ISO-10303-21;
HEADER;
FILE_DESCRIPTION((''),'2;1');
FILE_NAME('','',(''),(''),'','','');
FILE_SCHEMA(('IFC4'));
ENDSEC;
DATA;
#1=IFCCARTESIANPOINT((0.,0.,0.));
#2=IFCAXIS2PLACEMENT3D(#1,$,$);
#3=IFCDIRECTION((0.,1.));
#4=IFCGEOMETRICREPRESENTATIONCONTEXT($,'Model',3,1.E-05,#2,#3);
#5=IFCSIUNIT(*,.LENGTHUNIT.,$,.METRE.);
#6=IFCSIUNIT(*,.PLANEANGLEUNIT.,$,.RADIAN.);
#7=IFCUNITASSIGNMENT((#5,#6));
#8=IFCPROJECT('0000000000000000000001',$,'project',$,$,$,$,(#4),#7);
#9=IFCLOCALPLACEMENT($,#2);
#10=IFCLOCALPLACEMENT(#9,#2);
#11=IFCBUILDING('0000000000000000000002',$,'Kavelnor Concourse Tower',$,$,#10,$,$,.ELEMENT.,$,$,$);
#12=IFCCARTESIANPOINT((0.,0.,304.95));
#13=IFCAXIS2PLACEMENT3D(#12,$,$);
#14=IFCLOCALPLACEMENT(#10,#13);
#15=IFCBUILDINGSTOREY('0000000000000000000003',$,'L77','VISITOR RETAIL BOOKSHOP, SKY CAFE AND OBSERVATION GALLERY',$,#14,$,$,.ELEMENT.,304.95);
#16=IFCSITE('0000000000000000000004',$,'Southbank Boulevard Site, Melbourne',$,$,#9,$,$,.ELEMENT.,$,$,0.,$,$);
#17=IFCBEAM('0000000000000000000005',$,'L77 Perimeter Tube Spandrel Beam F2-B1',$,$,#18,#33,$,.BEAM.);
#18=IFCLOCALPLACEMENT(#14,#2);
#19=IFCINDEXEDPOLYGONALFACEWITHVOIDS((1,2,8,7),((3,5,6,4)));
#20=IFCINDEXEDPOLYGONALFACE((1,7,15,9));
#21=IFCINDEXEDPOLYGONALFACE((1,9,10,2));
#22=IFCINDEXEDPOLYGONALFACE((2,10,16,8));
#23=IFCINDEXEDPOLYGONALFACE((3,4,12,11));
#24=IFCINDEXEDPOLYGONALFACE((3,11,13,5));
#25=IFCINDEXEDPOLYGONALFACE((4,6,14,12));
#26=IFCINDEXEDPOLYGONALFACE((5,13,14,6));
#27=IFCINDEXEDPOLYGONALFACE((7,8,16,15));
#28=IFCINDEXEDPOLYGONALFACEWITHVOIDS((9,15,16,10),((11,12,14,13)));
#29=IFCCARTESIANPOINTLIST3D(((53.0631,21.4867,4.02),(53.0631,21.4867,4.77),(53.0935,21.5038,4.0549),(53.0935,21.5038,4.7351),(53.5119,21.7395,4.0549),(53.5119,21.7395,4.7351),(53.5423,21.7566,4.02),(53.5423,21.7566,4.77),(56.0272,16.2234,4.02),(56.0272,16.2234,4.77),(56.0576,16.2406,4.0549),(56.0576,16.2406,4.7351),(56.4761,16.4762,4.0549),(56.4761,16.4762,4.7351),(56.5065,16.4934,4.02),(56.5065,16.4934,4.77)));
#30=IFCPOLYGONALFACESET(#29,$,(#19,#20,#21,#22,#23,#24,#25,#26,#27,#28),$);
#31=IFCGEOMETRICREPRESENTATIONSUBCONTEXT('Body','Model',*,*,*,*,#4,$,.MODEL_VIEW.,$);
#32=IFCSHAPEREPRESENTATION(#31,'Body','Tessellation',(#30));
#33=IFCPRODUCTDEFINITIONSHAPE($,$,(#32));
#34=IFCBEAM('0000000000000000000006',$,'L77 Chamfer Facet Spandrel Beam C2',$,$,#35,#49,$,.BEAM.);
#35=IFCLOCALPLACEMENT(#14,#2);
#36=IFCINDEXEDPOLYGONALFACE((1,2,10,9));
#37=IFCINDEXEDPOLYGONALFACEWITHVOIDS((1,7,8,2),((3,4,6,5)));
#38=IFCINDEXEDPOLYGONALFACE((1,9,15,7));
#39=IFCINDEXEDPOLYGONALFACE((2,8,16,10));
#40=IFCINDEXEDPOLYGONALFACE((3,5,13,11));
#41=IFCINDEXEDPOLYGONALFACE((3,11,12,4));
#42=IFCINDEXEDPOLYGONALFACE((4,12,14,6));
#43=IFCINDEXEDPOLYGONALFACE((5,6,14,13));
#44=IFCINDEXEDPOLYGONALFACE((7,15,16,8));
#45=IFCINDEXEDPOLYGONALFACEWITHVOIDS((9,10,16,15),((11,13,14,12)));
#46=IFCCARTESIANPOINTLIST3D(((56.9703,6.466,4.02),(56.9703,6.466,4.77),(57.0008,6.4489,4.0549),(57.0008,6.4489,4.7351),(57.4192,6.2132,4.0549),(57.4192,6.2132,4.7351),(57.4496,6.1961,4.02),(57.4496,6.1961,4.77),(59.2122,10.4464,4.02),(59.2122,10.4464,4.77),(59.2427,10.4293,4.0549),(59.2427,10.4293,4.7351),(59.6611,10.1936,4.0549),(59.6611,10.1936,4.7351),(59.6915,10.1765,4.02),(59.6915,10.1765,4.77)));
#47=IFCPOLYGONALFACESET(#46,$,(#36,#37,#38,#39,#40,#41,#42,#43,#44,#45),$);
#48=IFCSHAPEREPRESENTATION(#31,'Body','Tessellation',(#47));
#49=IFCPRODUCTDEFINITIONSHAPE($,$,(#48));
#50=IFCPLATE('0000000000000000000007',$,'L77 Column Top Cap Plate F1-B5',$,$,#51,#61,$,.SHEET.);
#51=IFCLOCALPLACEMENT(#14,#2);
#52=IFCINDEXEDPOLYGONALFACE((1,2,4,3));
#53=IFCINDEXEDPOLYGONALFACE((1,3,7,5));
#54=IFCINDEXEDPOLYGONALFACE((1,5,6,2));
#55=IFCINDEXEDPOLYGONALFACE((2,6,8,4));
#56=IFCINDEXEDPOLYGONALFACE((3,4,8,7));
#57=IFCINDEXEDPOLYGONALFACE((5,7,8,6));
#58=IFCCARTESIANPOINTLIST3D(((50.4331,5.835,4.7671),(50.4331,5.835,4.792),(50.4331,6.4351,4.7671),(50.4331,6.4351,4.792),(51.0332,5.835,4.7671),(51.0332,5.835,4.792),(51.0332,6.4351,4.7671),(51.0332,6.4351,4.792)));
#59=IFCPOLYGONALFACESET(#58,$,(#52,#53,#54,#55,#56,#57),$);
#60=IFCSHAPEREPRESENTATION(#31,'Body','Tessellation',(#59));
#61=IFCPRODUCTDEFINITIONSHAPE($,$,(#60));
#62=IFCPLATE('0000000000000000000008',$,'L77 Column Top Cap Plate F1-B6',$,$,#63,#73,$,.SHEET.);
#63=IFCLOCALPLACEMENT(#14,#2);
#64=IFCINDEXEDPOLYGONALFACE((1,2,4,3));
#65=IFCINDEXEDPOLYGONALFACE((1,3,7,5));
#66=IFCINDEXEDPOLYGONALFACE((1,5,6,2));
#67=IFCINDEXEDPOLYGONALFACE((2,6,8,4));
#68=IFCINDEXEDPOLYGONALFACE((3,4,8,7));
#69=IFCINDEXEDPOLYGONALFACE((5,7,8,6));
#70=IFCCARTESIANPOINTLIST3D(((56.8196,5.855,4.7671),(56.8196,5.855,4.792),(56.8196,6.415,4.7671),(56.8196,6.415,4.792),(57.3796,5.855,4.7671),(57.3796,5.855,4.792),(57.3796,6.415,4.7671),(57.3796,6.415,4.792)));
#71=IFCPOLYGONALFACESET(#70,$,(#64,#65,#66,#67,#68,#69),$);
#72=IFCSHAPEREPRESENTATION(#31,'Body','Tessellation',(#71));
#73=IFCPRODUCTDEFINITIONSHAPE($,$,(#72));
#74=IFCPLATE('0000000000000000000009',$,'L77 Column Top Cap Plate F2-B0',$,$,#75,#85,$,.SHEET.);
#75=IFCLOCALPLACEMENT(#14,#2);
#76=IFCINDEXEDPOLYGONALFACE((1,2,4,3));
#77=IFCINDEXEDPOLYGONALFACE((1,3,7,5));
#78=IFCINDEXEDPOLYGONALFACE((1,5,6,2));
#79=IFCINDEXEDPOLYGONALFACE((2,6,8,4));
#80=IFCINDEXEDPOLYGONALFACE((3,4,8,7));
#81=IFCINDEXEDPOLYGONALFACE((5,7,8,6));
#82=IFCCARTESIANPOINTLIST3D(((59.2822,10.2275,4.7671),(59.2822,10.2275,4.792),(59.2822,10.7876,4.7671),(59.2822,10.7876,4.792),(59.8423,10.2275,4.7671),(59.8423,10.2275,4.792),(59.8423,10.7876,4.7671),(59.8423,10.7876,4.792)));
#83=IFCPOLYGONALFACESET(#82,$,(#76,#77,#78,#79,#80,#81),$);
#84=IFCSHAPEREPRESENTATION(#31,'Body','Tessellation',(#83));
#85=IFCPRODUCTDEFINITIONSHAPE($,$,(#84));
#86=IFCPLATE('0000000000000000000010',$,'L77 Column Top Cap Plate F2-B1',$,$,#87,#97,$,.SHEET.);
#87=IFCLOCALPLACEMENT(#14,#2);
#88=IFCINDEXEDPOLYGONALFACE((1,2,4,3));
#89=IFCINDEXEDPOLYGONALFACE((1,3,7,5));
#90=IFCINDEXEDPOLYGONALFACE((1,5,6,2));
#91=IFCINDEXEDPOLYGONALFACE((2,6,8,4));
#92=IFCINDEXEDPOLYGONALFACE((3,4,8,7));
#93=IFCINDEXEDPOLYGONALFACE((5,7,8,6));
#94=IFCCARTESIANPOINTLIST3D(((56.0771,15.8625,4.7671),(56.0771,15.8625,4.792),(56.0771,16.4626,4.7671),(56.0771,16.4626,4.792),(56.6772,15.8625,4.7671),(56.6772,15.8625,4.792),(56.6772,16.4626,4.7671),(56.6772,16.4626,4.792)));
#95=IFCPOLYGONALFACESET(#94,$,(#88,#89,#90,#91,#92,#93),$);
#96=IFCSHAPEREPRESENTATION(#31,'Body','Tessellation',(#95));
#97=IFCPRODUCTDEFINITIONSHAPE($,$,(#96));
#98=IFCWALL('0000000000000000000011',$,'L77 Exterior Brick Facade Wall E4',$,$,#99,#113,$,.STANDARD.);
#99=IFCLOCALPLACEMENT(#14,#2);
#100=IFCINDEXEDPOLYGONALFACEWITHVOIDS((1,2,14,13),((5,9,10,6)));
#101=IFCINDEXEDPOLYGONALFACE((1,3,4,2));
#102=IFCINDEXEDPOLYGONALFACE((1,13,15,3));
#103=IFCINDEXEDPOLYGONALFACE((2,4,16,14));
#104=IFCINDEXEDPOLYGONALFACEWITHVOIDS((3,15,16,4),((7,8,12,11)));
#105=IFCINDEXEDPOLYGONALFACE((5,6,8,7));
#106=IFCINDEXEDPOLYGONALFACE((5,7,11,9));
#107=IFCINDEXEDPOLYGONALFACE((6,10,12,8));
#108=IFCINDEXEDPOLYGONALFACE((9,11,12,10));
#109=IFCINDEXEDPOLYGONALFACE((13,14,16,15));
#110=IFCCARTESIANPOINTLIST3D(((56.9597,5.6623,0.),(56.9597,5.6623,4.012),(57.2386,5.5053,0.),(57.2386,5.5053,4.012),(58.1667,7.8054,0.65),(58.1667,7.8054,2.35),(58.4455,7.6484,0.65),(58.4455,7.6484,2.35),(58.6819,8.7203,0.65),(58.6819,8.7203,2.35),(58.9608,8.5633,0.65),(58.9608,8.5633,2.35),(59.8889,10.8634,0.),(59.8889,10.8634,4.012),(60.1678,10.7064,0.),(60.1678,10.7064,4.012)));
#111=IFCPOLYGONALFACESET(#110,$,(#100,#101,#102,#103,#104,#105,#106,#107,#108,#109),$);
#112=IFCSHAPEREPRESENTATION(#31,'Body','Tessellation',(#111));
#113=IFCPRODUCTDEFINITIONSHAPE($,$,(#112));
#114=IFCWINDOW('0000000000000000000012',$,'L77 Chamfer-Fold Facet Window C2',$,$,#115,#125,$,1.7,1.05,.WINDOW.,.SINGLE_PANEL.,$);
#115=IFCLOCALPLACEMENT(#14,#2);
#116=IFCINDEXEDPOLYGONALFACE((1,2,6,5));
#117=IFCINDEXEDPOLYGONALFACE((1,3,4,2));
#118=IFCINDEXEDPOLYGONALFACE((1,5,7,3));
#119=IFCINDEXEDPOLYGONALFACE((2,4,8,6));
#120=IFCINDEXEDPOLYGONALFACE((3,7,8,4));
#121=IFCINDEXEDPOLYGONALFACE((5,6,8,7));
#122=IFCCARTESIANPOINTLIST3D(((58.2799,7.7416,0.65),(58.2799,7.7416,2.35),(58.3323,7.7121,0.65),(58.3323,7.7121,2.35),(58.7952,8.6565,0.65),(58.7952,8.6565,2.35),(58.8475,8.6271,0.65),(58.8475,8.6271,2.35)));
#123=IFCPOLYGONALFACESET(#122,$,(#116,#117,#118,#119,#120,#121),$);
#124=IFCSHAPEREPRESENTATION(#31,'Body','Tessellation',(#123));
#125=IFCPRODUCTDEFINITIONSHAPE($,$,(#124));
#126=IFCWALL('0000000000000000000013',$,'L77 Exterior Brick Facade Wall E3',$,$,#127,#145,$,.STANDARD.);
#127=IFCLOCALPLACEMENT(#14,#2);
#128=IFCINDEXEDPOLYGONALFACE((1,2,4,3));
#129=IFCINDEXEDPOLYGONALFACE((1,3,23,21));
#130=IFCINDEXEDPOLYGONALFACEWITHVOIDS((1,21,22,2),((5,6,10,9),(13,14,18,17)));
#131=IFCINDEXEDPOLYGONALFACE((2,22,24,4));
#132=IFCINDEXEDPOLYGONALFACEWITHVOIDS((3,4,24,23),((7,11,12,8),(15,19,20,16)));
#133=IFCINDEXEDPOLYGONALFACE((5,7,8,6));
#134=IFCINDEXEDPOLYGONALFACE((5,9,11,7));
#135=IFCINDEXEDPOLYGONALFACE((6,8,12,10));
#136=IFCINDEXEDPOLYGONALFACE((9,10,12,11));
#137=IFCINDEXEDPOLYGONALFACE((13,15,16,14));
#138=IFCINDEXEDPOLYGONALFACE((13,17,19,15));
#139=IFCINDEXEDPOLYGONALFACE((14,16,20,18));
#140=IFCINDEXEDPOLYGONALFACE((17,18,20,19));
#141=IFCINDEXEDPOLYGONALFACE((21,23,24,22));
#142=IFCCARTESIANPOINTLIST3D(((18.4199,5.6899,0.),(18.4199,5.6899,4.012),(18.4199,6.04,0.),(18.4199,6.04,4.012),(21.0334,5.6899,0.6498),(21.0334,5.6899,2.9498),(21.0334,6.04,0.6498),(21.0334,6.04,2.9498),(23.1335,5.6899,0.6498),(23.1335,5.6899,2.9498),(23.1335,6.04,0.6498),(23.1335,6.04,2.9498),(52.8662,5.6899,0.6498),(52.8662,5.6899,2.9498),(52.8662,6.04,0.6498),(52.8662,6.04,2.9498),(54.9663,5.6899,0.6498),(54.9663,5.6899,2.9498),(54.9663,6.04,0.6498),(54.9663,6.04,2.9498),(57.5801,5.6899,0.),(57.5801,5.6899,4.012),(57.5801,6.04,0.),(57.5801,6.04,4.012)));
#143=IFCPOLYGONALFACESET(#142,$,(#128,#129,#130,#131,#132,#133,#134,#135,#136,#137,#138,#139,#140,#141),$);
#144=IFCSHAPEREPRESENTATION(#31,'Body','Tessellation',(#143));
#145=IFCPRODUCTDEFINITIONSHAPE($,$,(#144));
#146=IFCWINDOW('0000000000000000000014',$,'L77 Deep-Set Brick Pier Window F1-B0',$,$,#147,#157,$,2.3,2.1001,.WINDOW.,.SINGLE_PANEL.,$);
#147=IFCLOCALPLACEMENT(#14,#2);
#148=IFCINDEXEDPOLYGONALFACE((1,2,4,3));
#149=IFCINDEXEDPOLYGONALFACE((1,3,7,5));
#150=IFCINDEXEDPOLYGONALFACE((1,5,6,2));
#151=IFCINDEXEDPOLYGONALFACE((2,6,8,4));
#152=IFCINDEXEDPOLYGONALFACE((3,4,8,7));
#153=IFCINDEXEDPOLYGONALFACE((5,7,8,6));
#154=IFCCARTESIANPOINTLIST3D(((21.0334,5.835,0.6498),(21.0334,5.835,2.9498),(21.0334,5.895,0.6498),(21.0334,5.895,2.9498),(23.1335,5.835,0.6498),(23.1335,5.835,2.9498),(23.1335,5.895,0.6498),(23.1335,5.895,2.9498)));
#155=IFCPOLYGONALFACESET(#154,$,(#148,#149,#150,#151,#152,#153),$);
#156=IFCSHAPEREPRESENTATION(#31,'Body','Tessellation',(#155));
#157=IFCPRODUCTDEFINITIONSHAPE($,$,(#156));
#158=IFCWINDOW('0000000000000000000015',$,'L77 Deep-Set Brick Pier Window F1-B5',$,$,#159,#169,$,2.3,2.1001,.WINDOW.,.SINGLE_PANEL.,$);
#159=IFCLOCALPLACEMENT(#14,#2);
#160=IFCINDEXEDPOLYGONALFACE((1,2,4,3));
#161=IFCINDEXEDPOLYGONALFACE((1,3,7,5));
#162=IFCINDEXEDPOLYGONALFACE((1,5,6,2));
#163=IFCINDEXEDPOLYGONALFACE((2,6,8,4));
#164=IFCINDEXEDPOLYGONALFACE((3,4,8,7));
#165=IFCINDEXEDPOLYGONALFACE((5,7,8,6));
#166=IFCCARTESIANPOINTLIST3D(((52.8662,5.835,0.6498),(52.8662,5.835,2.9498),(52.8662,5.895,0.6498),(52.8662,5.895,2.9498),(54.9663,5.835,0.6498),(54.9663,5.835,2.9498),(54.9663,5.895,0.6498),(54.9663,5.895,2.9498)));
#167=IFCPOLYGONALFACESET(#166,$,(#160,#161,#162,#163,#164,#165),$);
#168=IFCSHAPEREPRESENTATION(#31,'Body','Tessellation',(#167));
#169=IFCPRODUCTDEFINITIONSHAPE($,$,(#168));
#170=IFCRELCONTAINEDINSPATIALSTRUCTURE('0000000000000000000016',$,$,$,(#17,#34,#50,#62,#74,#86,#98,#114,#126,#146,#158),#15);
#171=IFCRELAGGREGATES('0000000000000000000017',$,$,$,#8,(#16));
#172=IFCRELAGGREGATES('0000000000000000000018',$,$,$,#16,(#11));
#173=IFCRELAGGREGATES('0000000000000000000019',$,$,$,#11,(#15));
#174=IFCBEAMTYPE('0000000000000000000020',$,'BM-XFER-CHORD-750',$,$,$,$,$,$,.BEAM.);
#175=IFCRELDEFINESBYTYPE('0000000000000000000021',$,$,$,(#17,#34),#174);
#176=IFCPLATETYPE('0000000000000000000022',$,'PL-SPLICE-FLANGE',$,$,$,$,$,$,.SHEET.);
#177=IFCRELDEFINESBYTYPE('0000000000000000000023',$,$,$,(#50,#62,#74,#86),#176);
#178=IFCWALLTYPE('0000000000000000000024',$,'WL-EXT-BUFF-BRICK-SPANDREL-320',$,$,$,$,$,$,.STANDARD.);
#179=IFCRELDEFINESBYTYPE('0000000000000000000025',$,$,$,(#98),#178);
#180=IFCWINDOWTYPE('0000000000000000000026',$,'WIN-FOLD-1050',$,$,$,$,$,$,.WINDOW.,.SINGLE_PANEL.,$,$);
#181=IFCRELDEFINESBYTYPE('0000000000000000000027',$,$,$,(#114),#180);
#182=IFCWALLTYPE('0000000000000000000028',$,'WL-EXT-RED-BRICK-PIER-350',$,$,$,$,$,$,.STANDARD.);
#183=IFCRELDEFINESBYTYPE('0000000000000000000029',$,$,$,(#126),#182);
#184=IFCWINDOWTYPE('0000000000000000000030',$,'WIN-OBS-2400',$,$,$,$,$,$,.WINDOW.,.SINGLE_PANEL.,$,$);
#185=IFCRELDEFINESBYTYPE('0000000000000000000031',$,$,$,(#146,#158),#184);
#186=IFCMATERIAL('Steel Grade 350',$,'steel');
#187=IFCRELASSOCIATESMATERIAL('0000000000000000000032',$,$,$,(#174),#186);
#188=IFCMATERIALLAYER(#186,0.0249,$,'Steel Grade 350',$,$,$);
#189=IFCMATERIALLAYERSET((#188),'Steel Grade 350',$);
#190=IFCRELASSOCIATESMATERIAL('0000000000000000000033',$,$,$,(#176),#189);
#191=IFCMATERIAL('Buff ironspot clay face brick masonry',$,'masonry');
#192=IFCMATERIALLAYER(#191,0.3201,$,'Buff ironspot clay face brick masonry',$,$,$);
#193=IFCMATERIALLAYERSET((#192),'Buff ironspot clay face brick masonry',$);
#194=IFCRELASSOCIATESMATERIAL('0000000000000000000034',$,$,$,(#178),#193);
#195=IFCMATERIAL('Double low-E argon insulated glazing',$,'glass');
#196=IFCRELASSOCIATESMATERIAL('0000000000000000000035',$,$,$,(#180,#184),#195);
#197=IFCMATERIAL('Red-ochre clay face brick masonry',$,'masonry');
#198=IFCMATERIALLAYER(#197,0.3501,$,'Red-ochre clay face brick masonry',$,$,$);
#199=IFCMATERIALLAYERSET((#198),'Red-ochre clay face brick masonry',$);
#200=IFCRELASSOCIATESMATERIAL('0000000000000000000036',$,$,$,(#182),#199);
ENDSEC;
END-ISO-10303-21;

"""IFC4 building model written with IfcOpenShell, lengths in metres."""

from ifc_helpers import new_model, si_unit, direction, frame, frame_2d, origin, origin_2d, place, context, subcontext, project, spatial, rectangle, hollow_rectangle, extrude, material, layer, layer_set, material_profile, profile_set, type_object, element, fill, save


model = new_model("IFC4")

# Units and contexts
model_context = context("Model", 3, precision=1e-05, world=origin(), true_north=direction((0.0, 1.0)))
body_context = subcontext(model_context, "Body", "Model", "MODEL_VIEW")
ifc_project = project(units=[si_unit("LENGTHUNIT", "METRE"), si_unit("PLANEANGLEUNIT", "RADIAN")], contexts=[model_context])

# Site, building, storey
site_placement = place(None, origin())
site = spatial("IfcSite", under=ifc_project, at=site_placement, Name="Southbank Boulevard Site, Melbourne", CompositionType="ELEMENT", RefElevation=0.0)
building_placement = place(site_placement, origin())
building = spatial("IfcBuilding", under=site, at=building_placement, Name="Kavelnor Concourse Tower", CompositionType="ELEMENT")
storey_placement = place(building_placement, frame((0.0, 0.0, 304.95)))
storey = spatial("IfcBuildingStorey", under=building, at=storey_placement, Name="L77", Description="VISITOR RETAIL BOOKSHOP, SKY CAFE AND OBSERVATION GALLERY", CompositionType="ELEMENT", Elevation=304.95)

# Shared definitions
ifc_material_1 = material(Name="Steel Grade 350", Category="steel")

# Beams
ifc_material_profile_1 = material_profile(ifc_material_1, hollow_rectangle(XDim=0.55, YDim=0.75, WallThickness=0.0349, at=origin_2d()), Name="RHS 750x550x35")
ifc_profile_set_1 = profile_set([ifc_material_profile_1], Name="Steel Grade 350")
beam_type_1 = type_object("IfcBeamType", Name="BM-XFER-CHORD-750", PredefinedType="BEAM", material=ifc_profile_set_1)
beam_1_placement = place(storey_placement, frame((56.2668, 16.3584, 4.395), z_axis=(-0.49071, 0.871323, 0.0), x_axis=(-0.871323, -0.49071, 0.0)))
element("IfcBeam", 1, at=beam_1_placement, inside=storey, type_object=beam_type_1, Name="L77 Perimeter Tube Spandrel Beam F2-B1", PredefinedType="BEAM", context=body_context, shape_type="SweptSolid", body=[
    extrude(hollow_rectangle(XDim=0.55, YDim=0.75, WallThickness=0.0349, at=origin_2d()), origin(), (0.0, 0.0, 1.0), 6.0405),
])
beam_2_placement = place(storey_placement, frame((57.21, 6.3311, 4.395), z_axis=(0.490748, 0.871301, 0.0), x_axis=(-0.871301, 0.490748, 0.0)))
element("IfcBeam", 2, at=beam_2_placement, inside=storey, type_object=beam_type_1, Name="L77 Chamfer Facet Spandrel Beam C2", PredefinedType="BEAM", context=body_context, shape_type="SweptSolid", body=[
    extrude(hollow_rectangle(XDim=0.55, YDim=0.75, WallThickness=0.0349, at=origin_2d()), origin(), (0.0, 0.0, 1.0), 4.5684),
])

# Plates
ifc_layer_1 = layer(ifc_material_1, 0.0249, Name="Steel Grade 350")
ifc_layer_set_1 = layer_set([ifc_layer_1], Name="Steel Grade 350")
plate_type = type_object("IfcPlateType", Name="PL-SPLICE-FLANGE", PredefinedType="SHEET", material=ifc_layer_set_1)
plate_1_placement = place(storey_placement, frame((50.7332, 6.135, 4.7671), z_axis=(0.0, 0.0, 1.0), x_axis=(1.0, 0.0, 0.0)))
element("IfcPlate", 3, at=plate_1_placement, inside=storey, type_object=plate_type, Name="L77 Column Top Cap Plate F1-B5", PredefinedType="SHEET", context=body_context, shape_type="SweptSolid", body=[
    extrude(rectangle(XDim=0.6001, YDim=0.6001, at=origin_2d()), origin(), (0.0, 0.0, 1.0), 0.0249),
])
for number, where, z_axis, x_axis, name in (
    (4, (57.0996, 6.135, 4.7671), (0.0, 0.0, 1.0), (1.0, 0.0, 0.0), "L77 Column Top Cap Plate F1-B6"),
    (5, (59.5623, 10.5076, 4.7671), (0.0, 0.0, 1.0), (1.0, 0.0, 0.0), "L77 Column Top Cap Plate F2-B0"),
):
    element("IfcPlate", number, at=place(storey_placement, frame(where, z_axis=z_axis, x_axis=x_axis)), inside=storey, type_object=plate_type, Name=name, PredefinedType="SHEET", context=body_context, shape_type="SweptSolid", body=[
        extrude(rectangle(XDim=0.5601, YDim=0.5601, at=origin_2d()), origin(), (0.0, 0.0, 1.0), 0.0249),
    ])
plate_2_placement = place(storey_placement, frame((56.3772, 16.1626, 4.7671), z_axis=(0.0, 0.0, 1.0), x_axis=(1.0, 0.0, 0.0)))
element("IfcPlate", 6, at=plate_2_placement, inside=storey, type_object=plate_type, Name="L77 Column Top Cap Plate F2-B1", PredefinedType="SHEET", context=body_context, shape_type="SweptSolid", body=[
    extrude(rectangle(XDim=0.6001, YDim=0.6001, at=origin_2d()), origin(), (0.0, 0.0, 1.0), 0.0249),
])

# Wall, opening, window
ifc_material_2 = material(Name="Buff ironspot clay face brick masonry", Category="masonry")
ifc_layer_2 = layer(ifc_material_2, 0.3201, Name="Buff ironspot clay face brick masonry")
ifc_layer_set_2 = layer_set([ifc_layer_2], Name="Buff ironspot clay face brick masonry")
wall_type_1 = type_object("IfcWallType", Name="WL-EXT-BUFF-BRICK-SPANDREL-320", PredefinedType="STANDARD", material=ifc_layer_set_2)
wall_1_placement = place(storey_placement, frame((60.0283, 10.7849, 0.0), z_axis=(0.0, 0.0, 1.0), x_axis=(-0.490712, -0.871322, 0.0)))
wall_1 = element("IfcWall", 7, at=wall_1_placement, inside=storey, type_object=wall_type_1, Name="L77 Exterior Brick Facade Wall E4", PredefinedType="STANDARD", context=body_context, shape_type="SweptSolid", body=[
    extrude(rectangle(XDim=5.9692, YDim=0.3201, at=frame_2d((2.9846, 0.0))), origin(), (0.0, 0.0, 1.0), 4.012),
])
opening_1_placement = place(wall_1_placement, frame((2.4597, 0.0, 0.6499)))
opening_1 = element("IfcOpeningElement", 8, at=opening_1_placement, cuts=wall_1, PredefinedType="OPENING", context=body_context, shape_type="SweptSolid", body=[
    extrude(rectangle(XDim=1.05, YDim=1.7, at=frame_2d((0.5249, 0.8501))), frame((0.0, 0.1699, 0.0), z_axis=(0.0, -1.0, 0.0), x_axis=(1.0, 0.0, 0.0)), (0.0, 0.0, 1.0), 0.3401),
])
ifc_material_3 = material(Name="Double low-E argon insulated glazing", Category="glass")
window_type_1 = type_object("IfcWindowType", Name="WIN-FOLD-1050", PartitioningType="SINGLE_PANEL", PredefinedType="WINDOW", material=ifc_material_3)
window_1_placement = place(opening_1_placement, origin())
window_1 = element("IfcWindow", 9, at=window_1_placement, inside=storey, type_object=window_type_1, Name="L77 Chamfer-Fold Facet Window C2", OverallHeight=1.7, OverallWidth=1.05, PartitioningType="SINGLE_PANEL", PredefinedType="WINDOW", context=body_context, shape_type="SweptSolid", body=[
    extrude(rectangle(XDim=1.05, YDim=1.7, at=frame_2d((0.5249, 0.8501))), frame((0.0, 0.03, 0.0), z_axis=(0.0, -1.0, 0.0), x_axis=(1.0, 0.0, 0.0)), (0.0, 0.0, 1.0), 0.0601),
])
fill(opening_1, window_1)

# Wall, openings, windows
ifc_material_4 = material(Name="Red-ochre clay face brick masonry", Category="masonry")
ifc_layer_3 = layer(ifc_material_4, 0.3501, Name="Red-ochre clay face brick masonry")
ifc_layer_set_3 = layer_set([ifc_layer_3], Name="Red-ochre clay face brick masonry")
wall_type_2 = type_object("IfcWallType", Name="WL-EXT-RED-BRICK-PIER-350", PredefinedType="STANDARD", material=ifc_layer_set_3)
wall_2_placement = place(storey_placement, frame((57.5801, 5.865, 0.0), z_axis=(0.0, 0.0, 1.0), x_axis=(-1.0, 0.0, 0.0)))
wall_2 = element("IfcWall", 10, at=wall_2_placement, inside=storey, type_object=wall_type_2, Name="L77 Exterior Brick Facade Wall E3", PredefinedType="STANDARD", context=body_context, shape_type="SweptSolid", body=[
    extrude(rectangle(XDim=39.1602, YDim=0.3501, at=frame_2d((19.5801, 0.0))), origin(), (0.0, 0.0, 1.0), 4.012),
])
opening_2_placement = place(wall_2_placement, frame((34.4465, 0.0, 0.6499)))
opening_2 = element("IfcOpeningElement", 11, at=opening_2_placement, cuts=wall_2, PredefinedType="OPENING", context=body_context, shape_type="SweptSolid", body=[
    extrude(rectangle(XDim=2.1001, YDim=2.3, at=frame_2d((1.05, 1.1499))), frame((0.0, 0.1851, 0.0), z_axis=(0.0, -1.0, 0.0), x_axis=(1.0, 0.0, 0.0)), (0.0, 0.0, 1.0), 0.3701),
])
opening_3_placement = place(wall_2_placement, frame((2.6138, 0.0, 0.6499)))
opening_3 = element("IfcOpeningElement", 12, at=opening_3_placement, cuts=wall_2, PredefinedType="OPENING", context=body_context, shape_type="SweptSolid", body=[
    extrude(rectangle(XDim=2.1001, YDim=2.3, at=frame_2d((1.05, 1.1499))), frame((0.0, 0.1851, 0.0), z_axis=(0.0, -1.0, 0.0), x_axis=(1.0, 0.0, 0.0)), (0.0, 0.0, 1.0), 0.3701),
])
window_type_2 = type_object("IfcWindowType", Name="WIN-OBS-2400", PartitioningType="SINGLE_PANEL", PredefinedType="WINDOW", material=ifc_material_3)
window_2_placement = place(opening_2_placement, origin())
window_2 = element("IfcWindow", 13, at=window_2_placement, inside=storey, type_object=window_type_2, Name="L77 Deep-Set Brick Pier Window F1-B0", OverallHeight=2.3, OverallWidth=2.1001, PartitioningType="SINGLE_PANEL", PredefinedType="WINDOW", context=body_context, shape_type="SweptSolid", body=[
    extrude(rectangle(XDim=2.1001, YDim=2.3, at=frame_2d((1.05, 1.1499))), frame((0.0, 0.03, 0.0), z_axis=(0.0, -1.0, 0.0), x_axis=(1.0, 0.0, 0.0)), (0.0, 0.0, 1.0), 0.0601),
])
fill(opening_2, window_2)
window_3_placement = place(opening_3_placement, origin())
window_3 = element("IfcWindow", 14, at=window_3_placement, inside=storey, type_object=window_type_2, Name="L77 Deep-Set Brick Pier Window F1-B5", OverallHeight=2.3, OverallWidth=2.1001, PartitioningType="SINGLE_PANEL", PredefinedType="WINDOW", context=body_context, shape_type="SweptSolid", body=[
    extrude(rectangle(XDim=2.1001, YDim=2.3, at=frame_2d((1.05, 1.1499))), frame((0.0, 0.03, 0.0), z_axis=(0.0, -1.0, 0.0), x_axis=(1.0, 0.0, 0.0)), (0.0, 0.0, 1.0), 0.0601),
])
fill(opening_3, window_3)

save(model, "model.ifc")
